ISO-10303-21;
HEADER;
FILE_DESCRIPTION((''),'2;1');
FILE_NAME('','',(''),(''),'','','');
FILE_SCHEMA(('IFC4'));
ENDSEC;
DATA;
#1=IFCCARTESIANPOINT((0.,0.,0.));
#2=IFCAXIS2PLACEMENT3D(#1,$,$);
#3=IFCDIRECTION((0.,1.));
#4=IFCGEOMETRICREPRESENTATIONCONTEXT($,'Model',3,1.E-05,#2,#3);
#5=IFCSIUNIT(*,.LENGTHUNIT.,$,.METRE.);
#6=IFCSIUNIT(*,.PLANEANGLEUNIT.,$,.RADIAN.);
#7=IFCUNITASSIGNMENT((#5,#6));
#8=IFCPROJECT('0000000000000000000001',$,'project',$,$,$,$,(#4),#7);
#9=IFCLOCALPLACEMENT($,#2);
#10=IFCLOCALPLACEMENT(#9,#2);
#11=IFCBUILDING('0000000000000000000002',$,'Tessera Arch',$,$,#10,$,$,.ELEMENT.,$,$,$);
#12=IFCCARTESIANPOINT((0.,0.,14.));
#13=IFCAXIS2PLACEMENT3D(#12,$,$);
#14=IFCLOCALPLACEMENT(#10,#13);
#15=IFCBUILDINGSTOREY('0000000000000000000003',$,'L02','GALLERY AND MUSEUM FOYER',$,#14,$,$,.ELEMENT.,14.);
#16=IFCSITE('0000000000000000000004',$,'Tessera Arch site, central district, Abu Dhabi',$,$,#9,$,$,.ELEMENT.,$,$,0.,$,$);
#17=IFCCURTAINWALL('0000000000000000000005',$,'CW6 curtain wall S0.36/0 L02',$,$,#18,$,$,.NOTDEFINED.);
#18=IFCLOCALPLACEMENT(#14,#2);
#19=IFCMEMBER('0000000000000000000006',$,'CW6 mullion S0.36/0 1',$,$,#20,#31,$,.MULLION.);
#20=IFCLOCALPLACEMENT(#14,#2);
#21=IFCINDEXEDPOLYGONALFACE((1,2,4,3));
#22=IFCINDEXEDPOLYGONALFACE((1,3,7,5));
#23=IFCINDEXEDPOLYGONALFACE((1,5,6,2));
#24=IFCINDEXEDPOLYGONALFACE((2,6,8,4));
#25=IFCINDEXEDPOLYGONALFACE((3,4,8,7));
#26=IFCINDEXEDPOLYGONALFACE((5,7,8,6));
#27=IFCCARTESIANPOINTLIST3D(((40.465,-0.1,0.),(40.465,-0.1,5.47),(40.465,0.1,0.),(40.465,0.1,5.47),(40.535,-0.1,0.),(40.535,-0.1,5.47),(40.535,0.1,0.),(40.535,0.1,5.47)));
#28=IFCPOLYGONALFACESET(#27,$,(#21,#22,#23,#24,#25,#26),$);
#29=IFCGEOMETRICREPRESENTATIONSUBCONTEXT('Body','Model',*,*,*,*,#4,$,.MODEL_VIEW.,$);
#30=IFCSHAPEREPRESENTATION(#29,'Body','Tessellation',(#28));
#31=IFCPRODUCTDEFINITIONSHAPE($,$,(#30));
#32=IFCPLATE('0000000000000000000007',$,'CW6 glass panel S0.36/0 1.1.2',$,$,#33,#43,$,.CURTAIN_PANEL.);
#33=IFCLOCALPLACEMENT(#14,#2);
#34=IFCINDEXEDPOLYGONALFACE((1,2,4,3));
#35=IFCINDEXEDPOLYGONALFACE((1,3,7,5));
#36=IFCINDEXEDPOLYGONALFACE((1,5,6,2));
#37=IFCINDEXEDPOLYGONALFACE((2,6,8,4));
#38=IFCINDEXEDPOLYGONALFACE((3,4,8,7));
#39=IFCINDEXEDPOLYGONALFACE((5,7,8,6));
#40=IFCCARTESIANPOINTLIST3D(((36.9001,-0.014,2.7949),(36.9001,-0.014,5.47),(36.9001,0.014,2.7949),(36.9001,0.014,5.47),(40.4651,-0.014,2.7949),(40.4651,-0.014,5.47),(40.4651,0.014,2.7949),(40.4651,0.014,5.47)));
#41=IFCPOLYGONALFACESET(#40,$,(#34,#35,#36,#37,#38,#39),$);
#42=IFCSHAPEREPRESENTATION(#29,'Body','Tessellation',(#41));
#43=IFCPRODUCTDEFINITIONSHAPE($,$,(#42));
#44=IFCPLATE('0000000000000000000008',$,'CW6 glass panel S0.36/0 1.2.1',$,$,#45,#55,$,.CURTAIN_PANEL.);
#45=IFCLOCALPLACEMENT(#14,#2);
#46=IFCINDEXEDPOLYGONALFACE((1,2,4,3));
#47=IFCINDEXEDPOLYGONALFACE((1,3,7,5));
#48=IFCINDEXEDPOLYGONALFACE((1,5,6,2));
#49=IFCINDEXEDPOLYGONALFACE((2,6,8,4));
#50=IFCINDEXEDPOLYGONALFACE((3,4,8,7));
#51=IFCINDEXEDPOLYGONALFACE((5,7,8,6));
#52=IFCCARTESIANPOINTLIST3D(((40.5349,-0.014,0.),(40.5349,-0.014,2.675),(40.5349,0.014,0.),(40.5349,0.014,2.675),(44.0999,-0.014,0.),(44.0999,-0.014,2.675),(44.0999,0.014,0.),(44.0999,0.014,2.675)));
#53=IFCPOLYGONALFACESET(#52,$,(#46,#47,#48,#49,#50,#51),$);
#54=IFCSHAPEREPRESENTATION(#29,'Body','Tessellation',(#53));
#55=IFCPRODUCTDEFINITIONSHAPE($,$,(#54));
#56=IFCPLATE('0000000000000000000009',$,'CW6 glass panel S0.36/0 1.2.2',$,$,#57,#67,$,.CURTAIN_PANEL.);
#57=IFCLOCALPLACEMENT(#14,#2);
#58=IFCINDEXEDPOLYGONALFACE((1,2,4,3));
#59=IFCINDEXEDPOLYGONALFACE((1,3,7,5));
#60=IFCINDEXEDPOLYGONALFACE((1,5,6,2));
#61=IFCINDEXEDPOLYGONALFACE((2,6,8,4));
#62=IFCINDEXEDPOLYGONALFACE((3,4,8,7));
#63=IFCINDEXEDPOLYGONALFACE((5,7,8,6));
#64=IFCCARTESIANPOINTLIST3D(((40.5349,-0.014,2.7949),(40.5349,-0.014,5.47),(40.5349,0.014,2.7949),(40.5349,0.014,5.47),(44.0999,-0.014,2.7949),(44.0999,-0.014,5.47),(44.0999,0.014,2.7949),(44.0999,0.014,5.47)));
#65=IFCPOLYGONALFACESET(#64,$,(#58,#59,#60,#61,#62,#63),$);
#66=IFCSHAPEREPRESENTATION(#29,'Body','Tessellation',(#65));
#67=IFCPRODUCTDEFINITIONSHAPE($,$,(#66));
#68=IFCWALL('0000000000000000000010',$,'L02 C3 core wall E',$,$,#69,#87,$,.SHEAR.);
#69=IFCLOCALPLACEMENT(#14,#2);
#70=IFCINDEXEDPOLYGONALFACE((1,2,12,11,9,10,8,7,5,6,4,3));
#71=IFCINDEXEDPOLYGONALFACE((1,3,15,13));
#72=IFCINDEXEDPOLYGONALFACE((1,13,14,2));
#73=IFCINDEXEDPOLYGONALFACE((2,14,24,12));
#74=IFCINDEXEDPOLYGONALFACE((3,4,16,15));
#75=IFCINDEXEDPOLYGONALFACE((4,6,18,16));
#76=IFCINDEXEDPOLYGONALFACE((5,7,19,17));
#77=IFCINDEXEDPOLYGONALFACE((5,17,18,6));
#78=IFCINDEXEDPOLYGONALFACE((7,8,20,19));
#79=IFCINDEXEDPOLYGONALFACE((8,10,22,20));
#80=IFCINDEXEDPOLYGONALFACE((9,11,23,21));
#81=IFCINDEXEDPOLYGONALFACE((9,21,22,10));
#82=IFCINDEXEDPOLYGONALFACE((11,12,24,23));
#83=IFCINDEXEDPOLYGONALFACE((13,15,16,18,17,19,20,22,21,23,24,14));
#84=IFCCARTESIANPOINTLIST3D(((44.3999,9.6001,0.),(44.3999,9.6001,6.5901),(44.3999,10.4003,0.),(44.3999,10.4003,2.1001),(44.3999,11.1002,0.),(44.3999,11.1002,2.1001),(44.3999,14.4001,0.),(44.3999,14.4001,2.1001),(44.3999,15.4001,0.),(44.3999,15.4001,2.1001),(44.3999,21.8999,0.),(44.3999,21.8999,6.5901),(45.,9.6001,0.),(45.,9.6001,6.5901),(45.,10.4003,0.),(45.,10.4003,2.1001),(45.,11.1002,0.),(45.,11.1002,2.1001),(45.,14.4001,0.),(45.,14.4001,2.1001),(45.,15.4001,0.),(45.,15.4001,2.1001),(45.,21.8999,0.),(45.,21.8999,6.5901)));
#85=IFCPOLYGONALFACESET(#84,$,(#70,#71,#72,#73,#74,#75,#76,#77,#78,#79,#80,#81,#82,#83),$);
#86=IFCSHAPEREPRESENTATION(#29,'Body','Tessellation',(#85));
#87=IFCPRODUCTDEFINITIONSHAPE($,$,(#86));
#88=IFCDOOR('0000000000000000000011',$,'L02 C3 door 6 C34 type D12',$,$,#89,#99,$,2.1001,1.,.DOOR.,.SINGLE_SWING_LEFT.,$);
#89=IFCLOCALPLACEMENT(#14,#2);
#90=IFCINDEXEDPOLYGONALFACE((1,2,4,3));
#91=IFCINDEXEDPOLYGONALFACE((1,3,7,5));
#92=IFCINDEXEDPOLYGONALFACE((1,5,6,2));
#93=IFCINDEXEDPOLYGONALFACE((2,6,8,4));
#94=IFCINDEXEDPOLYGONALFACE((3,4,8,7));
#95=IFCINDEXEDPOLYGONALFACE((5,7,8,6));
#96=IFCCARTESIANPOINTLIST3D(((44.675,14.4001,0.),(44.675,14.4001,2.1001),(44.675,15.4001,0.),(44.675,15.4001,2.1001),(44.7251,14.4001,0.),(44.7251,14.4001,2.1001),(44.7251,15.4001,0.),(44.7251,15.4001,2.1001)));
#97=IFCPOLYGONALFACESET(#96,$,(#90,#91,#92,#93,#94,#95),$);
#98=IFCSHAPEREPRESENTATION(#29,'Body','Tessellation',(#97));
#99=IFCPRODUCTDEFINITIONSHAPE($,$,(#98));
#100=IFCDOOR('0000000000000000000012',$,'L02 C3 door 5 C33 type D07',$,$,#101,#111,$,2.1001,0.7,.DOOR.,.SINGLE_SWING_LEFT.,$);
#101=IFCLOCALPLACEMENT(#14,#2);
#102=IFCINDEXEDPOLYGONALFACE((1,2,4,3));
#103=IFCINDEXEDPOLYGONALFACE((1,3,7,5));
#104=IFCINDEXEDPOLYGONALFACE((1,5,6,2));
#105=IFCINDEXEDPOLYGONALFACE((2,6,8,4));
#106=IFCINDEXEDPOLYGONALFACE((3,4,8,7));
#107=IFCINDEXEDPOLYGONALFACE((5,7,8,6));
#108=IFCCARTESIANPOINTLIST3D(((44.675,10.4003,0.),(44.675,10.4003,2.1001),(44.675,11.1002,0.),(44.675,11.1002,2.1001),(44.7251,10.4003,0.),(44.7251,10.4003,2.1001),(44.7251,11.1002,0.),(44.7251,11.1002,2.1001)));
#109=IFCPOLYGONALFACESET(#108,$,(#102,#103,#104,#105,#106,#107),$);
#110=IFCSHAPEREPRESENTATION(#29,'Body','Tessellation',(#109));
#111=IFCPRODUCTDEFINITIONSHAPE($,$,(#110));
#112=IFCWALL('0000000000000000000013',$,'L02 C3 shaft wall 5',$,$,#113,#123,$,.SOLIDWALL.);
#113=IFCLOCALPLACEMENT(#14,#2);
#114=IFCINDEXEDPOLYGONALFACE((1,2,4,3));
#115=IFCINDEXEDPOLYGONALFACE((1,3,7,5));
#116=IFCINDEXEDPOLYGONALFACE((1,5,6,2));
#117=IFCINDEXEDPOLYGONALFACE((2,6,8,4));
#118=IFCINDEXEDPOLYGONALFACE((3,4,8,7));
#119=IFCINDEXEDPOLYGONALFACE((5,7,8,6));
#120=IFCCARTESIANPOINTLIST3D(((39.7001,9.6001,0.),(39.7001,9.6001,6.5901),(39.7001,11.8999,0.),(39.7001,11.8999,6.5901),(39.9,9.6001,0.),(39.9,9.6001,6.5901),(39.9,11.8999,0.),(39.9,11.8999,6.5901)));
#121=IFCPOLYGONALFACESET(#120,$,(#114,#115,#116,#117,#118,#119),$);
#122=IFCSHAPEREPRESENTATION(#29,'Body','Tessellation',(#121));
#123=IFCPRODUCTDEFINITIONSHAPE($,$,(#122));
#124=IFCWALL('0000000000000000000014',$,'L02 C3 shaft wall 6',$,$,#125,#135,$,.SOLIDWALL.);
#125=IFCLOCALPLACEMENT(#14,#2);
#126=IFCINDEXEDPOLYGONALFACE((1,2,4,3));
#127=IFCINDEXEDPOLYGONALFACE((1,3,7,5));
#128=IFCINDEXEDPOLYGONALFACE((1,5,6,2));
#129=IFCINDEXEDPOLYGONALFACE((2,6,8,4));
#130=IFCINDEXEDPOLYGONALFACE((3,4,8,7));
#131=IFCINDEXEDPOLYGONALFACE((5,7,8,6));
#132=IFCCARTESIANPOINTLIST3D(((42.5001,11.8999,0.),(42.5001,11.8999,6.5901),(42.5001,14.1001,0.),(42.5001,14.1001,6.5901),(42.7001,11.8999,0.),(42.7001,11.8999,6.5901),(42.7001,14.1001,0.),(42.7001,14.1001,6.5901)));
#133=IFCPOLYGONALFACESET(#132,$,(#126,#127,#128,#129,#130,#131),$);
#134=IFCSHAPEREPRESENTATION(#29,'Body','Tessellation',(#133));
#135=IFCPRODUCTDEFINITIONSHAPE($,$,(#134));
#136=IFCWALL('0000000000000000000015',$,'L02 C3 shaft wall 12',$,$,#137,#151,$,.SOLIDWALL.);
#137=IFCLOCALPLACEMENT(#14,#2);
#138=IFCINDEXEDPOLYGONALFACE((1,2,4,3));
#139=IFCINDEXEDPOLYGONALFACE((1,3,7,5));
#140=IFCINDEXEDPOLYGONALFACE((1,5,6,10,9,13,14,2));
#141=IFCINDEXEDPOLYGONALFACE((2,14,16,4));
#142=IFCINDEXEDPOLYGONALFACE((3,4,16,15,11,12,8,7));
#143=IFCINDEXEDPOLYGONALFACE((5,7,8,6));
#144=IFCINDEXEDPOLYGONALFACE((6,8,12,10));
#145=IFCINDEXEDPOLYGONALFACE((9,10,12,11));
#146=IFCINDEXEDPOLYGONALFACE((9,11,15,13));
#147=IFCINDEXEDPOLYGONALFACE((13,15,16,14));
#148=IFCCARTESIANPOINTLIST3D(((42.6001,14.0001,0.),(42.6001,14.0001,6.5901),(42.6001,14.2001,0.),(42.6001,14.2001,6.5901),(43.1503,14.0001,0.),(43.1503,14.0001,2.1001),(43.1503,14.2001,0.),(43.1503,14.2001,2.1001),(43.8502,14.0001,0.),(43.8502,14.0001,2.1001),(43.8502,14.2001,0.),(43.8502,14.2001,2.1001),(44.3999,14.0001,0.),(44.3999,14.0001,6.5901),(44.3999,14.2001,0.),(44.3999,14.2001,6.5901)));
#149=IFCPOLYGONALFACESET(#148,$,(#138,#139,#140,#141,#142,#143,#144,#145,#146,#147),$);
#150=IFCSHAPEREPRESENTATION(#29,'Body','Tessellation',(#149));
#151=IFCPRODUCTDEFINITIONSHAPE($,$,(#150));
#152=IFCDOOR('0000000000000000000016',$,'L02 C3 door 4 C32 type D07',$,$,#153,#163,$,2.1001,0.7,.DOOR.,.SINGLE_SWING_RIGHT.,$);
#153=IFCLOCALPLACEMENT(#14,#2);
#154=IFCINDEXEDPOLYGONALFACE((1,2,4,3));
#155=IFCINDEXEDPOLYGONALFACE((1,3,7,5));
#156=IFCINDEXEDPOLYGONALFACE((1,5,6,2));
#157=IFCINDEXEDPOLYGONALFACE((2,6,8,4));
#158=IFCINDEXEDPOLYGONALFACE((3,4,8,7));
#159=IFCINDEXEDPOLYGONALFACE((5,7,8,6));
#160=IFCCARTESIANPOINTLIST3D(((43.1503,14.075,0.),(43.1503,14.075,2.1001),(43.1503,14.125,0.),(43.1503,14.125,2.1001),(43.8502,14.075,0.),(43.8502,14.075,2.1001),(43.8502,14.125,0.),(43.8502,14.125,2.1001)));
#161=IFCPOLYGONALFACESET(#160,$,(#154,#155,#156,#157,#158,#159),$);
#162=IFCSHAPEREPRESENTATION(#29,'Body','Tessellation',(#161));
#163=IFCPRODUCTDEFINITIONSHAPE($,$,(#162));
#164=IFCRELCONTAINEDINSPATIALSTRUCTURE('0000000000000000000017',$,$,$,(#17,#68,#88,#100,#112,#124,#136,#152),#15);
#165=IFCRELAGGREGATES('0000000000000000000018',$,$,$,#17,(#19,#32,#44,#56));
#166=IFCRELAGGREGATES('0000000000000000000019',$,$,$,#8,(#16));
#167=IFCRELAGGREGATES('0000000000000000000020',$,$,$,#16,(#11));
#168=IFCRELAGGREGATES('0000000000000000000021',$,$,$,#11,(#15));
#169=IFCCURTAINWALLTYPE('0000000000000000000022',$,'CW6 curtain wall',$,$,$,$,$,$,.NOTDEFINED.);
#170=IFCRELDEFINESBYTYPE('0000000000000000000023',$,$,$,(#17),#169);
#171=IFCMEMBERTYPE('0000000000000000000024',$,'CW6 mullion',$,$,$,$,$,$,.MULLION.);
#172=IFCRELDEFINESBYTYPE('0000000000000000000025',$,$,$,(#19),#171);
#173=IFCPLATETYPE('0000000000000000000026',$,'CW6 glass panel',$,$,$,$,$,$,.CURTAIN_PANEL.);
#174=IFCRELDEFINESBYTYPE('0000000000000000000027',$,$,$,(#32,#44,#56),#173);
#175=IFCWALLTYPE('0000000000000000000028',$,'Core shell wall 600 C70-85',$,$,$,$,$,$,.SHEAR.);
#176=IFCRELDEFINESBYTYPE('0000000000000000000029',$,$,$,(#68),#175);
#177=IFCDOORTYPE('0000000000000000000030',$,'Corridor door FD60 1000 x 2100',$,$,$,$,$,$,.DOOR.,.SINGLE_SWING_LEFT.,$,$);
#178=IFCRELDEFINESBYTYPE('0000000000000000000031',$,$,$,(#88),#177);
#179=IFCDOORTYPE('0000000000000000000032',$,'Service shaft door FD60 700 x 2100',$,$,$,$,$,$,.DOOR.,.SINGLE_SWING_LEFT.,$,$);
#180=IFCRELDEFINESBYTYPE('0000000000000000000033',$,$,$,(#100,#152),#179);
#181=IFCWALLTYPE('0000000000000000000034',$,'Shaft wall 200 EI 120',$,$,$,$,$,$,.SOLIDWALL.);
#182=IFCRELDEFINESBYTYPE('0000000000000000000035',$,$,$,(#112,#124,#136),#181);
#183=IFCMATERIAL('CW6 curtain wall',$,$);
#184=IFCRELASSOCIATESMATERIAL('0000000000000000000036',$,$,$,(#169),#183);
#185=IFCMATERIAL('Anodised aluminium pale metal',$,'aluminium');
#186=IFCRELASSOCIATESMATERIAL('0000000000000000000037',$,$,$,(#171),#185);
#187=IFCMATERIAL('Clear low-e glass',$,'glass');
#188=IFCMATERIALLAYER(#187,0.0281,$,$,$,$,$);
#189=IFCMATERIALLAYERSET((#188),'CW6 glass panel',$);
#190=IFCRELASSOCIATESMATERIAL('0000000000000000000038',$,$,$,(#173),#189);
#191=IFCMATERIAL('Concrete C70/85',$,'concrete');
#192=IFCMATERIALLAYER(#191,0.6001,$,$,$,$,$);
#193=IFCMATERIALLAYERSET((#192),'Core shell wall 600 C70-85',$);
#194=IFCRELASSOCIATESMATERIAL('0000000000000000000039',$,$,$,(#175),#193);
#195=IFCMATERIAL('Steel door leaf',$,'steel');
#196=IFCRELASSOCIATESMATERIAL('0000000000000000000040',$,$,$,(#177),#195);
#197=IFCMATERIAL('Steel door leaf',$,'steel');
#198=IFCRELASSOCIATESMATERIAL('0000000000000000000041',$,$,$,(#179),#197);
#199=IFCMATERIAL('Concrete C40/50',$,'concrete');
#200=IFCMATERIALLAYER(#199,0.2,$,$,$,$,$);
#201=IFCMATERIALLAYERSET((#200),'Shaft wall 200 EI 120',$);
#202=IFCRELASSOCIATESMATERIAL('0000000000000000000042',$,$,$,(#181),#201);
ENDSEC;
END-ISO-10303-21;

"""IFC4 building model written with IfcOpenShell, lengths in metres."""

from ifc_helpers import new_model, si_unit, direction, frame, frame_2d, origin, origin_2d, place, context, subcontext, project, spatial, rectangle, extrude, material, layer, layer_set, material_profile, profile_set, type_object, element, fill, aggregate, save


model = new_model("IFC4")

# Units and contexts
model_context = context("Model", 3, precision=1e-05, world=origin(), true_north=direction((0.0, 1.0)))
body_context = subcontext(model_context, "Body", "Model", "MODEL_VIEW")
ifc_project = project(units=[si_unit("LENGTHUNIT", "METRE"), si_unit("PLANEANGLEUNIT", "RADIAN")], contexts=[model_context])

# Site, building, storey
site_placement = place(None, origin())
site = spatial("IfcSite", under=ifc_project, at=site_placement, Name="Tessera Arch site, central district, Abu Dhabi", CompositionType="ELEMENT", RefElevation=0.0)
building_placement = place(site_placement, origin())
building = spatial("IfcBuilding", under=site, at=building_placement, Name="Tessera Arch", CompositionType="ELEMENT")
storey_placement = place(building_placement, frame((0.0, 0.0, 14.0)))
storey = spatial("IfcBuildingStorey", under=building, at=storey_placement, Name="L02", Description="GALLERY AND MUSEUM FOYER", CompositionType="ELEMENT", Elevation=14.0)

# Curtain wall, member, plates
ifc_material_1 = material(Name="CW6 curtain wall")
curtain_wall_type = type_object("IfcCurtainWallType", Name="CW6 curtain wall", PredefinedType="NOTDEFINED", material=ifc_material_1)
curtain_wall_placement = place(storey_placement, origin())
curtain_wall = element("IfcCurtainWall", 1, at=curtain_wall_placement, inside=storey, type_object=curtain_wall_type, Name="CW6 curtain wall S0.36/0 L02", PredefinedType="NOTDEFINED")
ifc_material_2 = material(Name="Anodised aluminium pale metal", Category="aluminium")
ifc_material_profile = material_profile(ifc_material_2, rectangle(XDim=0.2, YDim=0.0701, at=origin_2d()), Name="AL 70x200")
ifc_profile_set = profile_set([ifc_material_profile], Name="Anodised aluminium pale metal")
member_type = type_object("IfcMemberType", Name="CW6 mullion", PredefinedType="MULLION", material=ifc_profile_set)
member_placement = place(storey_placement, frame((40.5, 0.0, 0.0), z_axis=(0.0, 0.0, 1.0), x_axis=(0.0, 1.0, 0.0)))
member = element("IfcMember", 2, at=member_placement, type_object=member_type, Name="CW6 mullion S0.36/0 1", PredefinedType="MULLION", context=body_context, shape_type="SweptSolid", body=[
    extrude(rectangle(XDim=0.2, YDim=0.0701, at=origin_2d()), origin(), (0.0, 0.0, 1.0), 5.47),
])
ifc_material_3 = material(Name="Clear low-e glass", Category="glass")
ifc_layer_1 = layer(ifc_material_3, 0.0281)
ifc_layer_set_1 = layer_set([ifc_layer_1], Name="CW6 glass panel")
plate_type = type_object("IfcPlateType", Name="CW6 glass panel", PredefinedType="CURTAIN_PANEL", material=ifc_layer_set_1)
plate_1_placement = place(storey_placement, frame((38.6826, 0.0, 2.7949), z_axis=(0.0, 0.0, 1.0), x_axis=(1.0, 0.0, 0.0)))
plate_1 = element("IfcPlate", 3, at=plate_1_placement, type_object=plate_type, Name="CW6 glass panel S0.36/0 1.1.2", PredefinedType="CURTAIN_PANEL", context=body_context, shape_type="SweptSolid", body=[
    extrude(rectangle(XDim=3.5649, YDim=0.0281, at=origin_2d()), origin(), (0.0, 0.0, 1.0), 2.675),
])
plate_2_placement = place(storey_placement, frame((42.3174, 0.0, 0.0), z_axis=(0.0, 0.0, 1.0), x_axis=(1.0, 0.0, 0.0)))
plate_2 = element("IfcPlate", 4, at=plate_2_placement, type_object=plate_type, Name="CW6 glass panel S0.36/0 1.2.1", PredefinedType="CURTAIN_PANEL", context=body_context, shape_type="SweptSolid", body=[
    extrude(rectangle(XDim=3.5649, YDim=0.0281, at=origin_2d()), origin(), (0.0, 0.0, 1.0), 2.675),
])
plate_3_placement = place(storey_placement, frame((42.3174, 0.0, 2.7949), z_axis=(0.0, 0.0, 1.0), x_axis=(1.0, 0.0, 0.0)))
plate_3 = element("IfcPlate", 5, at=plate_3_placement, type_object=plate_type, Name="CW6 glass panel S0.36/0 1.2.2", PredefinedType="CURTAIN_PANEL", context=body_context, shape_type="SweptSolid", body=[
    extrude(rectangle(XDim=3.5649, YDim=0.0281, at=origin_2d()), origin(), (0.0, 0.0, 1.0), 2.675),
])
aggregate(curtain_wall, [member, plate_1, plate_2, plate_3])

# Wall, openings, doors
ifc_material_4 = material(Name="Concrete C70/85", Category="concrete")
ifc_layer_2 = layer(ifc_material_4, 0.6001)
ifc_layer_set_2 = layer_set([ifc_layer_2], Name="Core shell wall 600 C70-85")
wall_type_1 = type_object("IfcWallType", Name="Core shell wall 600 C70-85", PredefinedType="SHEAR", material=ifc_layer_set_2)
wall_1_placement = place(storey_placement, frame((44.7, 9.6001, 0.0), z_axis=(0.0, 0.0, 1.0), x_axis=(0.0, 1.0, 0.0)))
wall_1 = element("IfcWall", 6, at=wall_1_placement, inside=storey, type_object=wall_type_1, Name="L02 C3 core wall E", PredefinedType="SHEAR", context=body_context, shape_type="SweptSolid", body=[
    extrude(rectangle(XDim=12.2998, YDim=0.6001, at=frame_2d((6.1499, 0.0))), origin(), (0.0, 0.0, 1.0), 6.5901),
])
opening_1_placement = place(wall_1_placement, frame((0.8, 0.0, 0.0)))
opening_1 = element("IfcOpeningElement", 7, at=opening_1_placement, cuts=wall_1, PredefinedType="OPENING", context=body_context, shape_type="SweptSolid", body=[
    extrude(rectangle(XDim=0.7, YDim=2.1001, at=frame_2d((0.3501, 1.05))), frame((0.0, 0.3101, 0.0), z_axis=(0.0, -1.0, 0.0), x_axis=(1.0, 0.0, 0.0)), (0.0, 0.0, 1.0), 0.6201),
])
opening_2_placement = place(wall_1_placement, frame((4.8, 0.0, 0.0)))
opening_2 = element("IfcOpeningElement", 8, at=opening_2_placement, cuts=wall_1, PredefinedType="OPENING", context=body_context, shape_type="SweptSolid", body=[
    extrude(rectangle(XDim=1.0, YDim=2.1001, at=frame_2d((0.5, 1.05))), frame((0.0, 0.3101, 0.0), z_axis=(0.0, -1.0, 0.0), x_axis=(1.0, 0.0, 0.0)), (0.0, 0.0, 1.0), 0.6201),
])
ifc_material_5 = material(Name="Steel door leaf", Category="steel")
door_type_1 = type_object("IfcDoorType", Name="Corridor door FD60 1000 x 2100", OperationType="SINGLE_SWING_LEFT", PredefinedType="DOOR", material=ifc_material_5)
door_1_placement = place(opening_2_placement, origin())
door_1 = element("IfcDoor", 9, at=door_1_placement, inside=storey, type_object=door_type_1, Name="L02 C3 door 6 C34 type D12", OperationType="SINGLE_SWING_LEFT", OverallHeight=2.1001, OverallWidth=1.0, PredefinedType="DOOR", context=body_context, shape_type="SweptSolid", body=[
    extrude(rectangle(XDim=1.0, YDim=2.1001, at=frame_2d((0.5, 1.05))), frame((0.0, 0.0249, 0.0), z_axis=(0.0, -1.0, 0.0), x_axis=(1.0, 0.0, 0.0)), (0.0, 0.0, 1.0), 0.05),
])
fill(opening_2, door_1)
ifc_material_6 = material(Name="Steel door leaf", Category="steel")
door_type_2 = type_object("IfcDoorType", Name="Service shaft door FD60 700 x 2100", OperationType="SINGLE_SWING_LEFT", PredefinedType="DOOR", material=ifc_material_6)
door_2_placement = place(opening_1_placement, origin())
door_2 = element("IfcDoor", 10, at=door_2_placement, inside=storey, type_object=door_type_2, Name="L02 C3 door 5 C33 type D07", OperationType="SINGLE_SWING_LEFT", OverallHeight=2.1001, OverallWidth=0.7, PredefinedType="DOOR", context=body_context, shape_type="SweptSolid", body=[
    extrude(rectangle(XDim=0.7, YDim=2.1001, at=frame_2d((0.3501, 1.05))), frame((0.0, 0.0249, 0.0), z_axis=(0.0, -1.0, 0.0), x_axis=(1.0, 0.0, 0.0)), (0.0, 0.0, 1.0), 0.05),
])
fill(opening_1, door_2)

# Walls
ifc_material_7 = material(Name="Concrete C40/50", Category="concrete")
ifc_layer_3 = layer(ifc_material_7, 0.2)
ifc_layer_set_3 = layer_set([ifc_layer_3], Name="Shaft wall 200 EI 120")
wall_type_2 = type_object("IfcWallType", Name="Shaft wall 200 EI 120", PredefinedType="SOLIDWALL", material=ifc_layer_set_3)
wall_2_placement = place(storey_placement, frame((39.8, 9.6001, 0.0), z_axis=(0.0, 0.0, 1.0), x_axis=(0.0, 1.0, 0.0)))
element("IfcWall", 11, at=wall_2_placement, inside=storey, type_object=wall_type_2, Name="L02 C3 shaft wall 5", PredefinedType="SOLIDWALL", context=body_context, shape_type="SweptSolid", body=[
    extrude(rectangle(XDim=2.2998, YDim=0.2, at=frame_2d((1.1499, 0.0))), origin(), (0.0, 0.0, 1.0), 6.5901),
])
wall_3_placement = place(storey_placement, frame((42.6001, 11.8999, 0.0), z_axis=(0.0, 0.0, 1.0), x_axis=(0.0, 1.0, 0.0)))
element("IfcWall", 12, at=wall_3_placement, inside=storey, type_object=wall_type_2, Name="L02 C3 shaft wall 6", PredefinedType="SOLIDWALL", context=body_context, shape_type="SweptSolid", body=[
    extrude(rectangle(XDim=2.2002, YDim=0.2, at=frame_2d((1.1001, 0.0))), origin(), (0.0, 0.0, 1.0), 6.5901),
])

# Wall, opening, door
wall_4_placement = place(storey_placement, frame((42.6001, 14.1001, 0.0), z_axis=(0.0, 0.0, 1.0), x_axis=(1.0, 0.0, 0.0)))
wall_4 = element("IfcWall", 13, at=wall_4_placement, inside=storey, type_object=wall_type_2, Name="L02 C3 shaft wall 12", PredefinedType="SOLIDWALL", context=body_context, shape_type="SweptSolid", body=[
    extrude(rectangle(XDim=1.7998, YDim=0.2, at=frame_2d((0.8999, 0.0))), origin(), (0.0, 0.0, 1.0), 6.5901),
])
opening_3_placement = place(wall_4_placement, frame((0.55, 0.0, 0.0)))
opening_3 = element("IfcOpeningElement", 14, at=opening_3_placement, cuts=wall_4, PredefinedType="OPENING", context=body_context, shape_type="SweptSolid", body=[
    extrude(rectangle(XDim=0.7, YDim=2.1001, at=frame_2d((0.3501, 1.05))), frame((0.0, 0.1099, 0.0), z_axis=(0.0, -1.0, 0.0), x_axis=(1.0, 0.0, 0.0)), (0.0, 0.0, 1.0), 0.22),
])
door_3_placement = place(opening_3_placement, origin())
door_3 = element("IfcDoor", 15, at=door_3_placement, inside=storey, type_object=door_type_2, Name="L02 C3 door 4 C32 type D07", OperationType="SINGLE_SWING_RIGHT", OverallHeight=2.1001, OverallWidth=0.7, PredefinedType="DOOR", context=body_context, shape_type="SweptSolid", body=[
    extrude(rectangle(XDim=0.7, YDim=2.1001, at=frame_2d((0.3501, 1.05))), frame((0.0, 0.0249, 0.0), z_axis=(0.0, -1.0, 0.0), x_axis=(1.0, 0.0, 0.0)), (0.0, 0.0, 1.0), 0.05),
])
fill(opening_3, door_3)

save(model, "model.ifc")
